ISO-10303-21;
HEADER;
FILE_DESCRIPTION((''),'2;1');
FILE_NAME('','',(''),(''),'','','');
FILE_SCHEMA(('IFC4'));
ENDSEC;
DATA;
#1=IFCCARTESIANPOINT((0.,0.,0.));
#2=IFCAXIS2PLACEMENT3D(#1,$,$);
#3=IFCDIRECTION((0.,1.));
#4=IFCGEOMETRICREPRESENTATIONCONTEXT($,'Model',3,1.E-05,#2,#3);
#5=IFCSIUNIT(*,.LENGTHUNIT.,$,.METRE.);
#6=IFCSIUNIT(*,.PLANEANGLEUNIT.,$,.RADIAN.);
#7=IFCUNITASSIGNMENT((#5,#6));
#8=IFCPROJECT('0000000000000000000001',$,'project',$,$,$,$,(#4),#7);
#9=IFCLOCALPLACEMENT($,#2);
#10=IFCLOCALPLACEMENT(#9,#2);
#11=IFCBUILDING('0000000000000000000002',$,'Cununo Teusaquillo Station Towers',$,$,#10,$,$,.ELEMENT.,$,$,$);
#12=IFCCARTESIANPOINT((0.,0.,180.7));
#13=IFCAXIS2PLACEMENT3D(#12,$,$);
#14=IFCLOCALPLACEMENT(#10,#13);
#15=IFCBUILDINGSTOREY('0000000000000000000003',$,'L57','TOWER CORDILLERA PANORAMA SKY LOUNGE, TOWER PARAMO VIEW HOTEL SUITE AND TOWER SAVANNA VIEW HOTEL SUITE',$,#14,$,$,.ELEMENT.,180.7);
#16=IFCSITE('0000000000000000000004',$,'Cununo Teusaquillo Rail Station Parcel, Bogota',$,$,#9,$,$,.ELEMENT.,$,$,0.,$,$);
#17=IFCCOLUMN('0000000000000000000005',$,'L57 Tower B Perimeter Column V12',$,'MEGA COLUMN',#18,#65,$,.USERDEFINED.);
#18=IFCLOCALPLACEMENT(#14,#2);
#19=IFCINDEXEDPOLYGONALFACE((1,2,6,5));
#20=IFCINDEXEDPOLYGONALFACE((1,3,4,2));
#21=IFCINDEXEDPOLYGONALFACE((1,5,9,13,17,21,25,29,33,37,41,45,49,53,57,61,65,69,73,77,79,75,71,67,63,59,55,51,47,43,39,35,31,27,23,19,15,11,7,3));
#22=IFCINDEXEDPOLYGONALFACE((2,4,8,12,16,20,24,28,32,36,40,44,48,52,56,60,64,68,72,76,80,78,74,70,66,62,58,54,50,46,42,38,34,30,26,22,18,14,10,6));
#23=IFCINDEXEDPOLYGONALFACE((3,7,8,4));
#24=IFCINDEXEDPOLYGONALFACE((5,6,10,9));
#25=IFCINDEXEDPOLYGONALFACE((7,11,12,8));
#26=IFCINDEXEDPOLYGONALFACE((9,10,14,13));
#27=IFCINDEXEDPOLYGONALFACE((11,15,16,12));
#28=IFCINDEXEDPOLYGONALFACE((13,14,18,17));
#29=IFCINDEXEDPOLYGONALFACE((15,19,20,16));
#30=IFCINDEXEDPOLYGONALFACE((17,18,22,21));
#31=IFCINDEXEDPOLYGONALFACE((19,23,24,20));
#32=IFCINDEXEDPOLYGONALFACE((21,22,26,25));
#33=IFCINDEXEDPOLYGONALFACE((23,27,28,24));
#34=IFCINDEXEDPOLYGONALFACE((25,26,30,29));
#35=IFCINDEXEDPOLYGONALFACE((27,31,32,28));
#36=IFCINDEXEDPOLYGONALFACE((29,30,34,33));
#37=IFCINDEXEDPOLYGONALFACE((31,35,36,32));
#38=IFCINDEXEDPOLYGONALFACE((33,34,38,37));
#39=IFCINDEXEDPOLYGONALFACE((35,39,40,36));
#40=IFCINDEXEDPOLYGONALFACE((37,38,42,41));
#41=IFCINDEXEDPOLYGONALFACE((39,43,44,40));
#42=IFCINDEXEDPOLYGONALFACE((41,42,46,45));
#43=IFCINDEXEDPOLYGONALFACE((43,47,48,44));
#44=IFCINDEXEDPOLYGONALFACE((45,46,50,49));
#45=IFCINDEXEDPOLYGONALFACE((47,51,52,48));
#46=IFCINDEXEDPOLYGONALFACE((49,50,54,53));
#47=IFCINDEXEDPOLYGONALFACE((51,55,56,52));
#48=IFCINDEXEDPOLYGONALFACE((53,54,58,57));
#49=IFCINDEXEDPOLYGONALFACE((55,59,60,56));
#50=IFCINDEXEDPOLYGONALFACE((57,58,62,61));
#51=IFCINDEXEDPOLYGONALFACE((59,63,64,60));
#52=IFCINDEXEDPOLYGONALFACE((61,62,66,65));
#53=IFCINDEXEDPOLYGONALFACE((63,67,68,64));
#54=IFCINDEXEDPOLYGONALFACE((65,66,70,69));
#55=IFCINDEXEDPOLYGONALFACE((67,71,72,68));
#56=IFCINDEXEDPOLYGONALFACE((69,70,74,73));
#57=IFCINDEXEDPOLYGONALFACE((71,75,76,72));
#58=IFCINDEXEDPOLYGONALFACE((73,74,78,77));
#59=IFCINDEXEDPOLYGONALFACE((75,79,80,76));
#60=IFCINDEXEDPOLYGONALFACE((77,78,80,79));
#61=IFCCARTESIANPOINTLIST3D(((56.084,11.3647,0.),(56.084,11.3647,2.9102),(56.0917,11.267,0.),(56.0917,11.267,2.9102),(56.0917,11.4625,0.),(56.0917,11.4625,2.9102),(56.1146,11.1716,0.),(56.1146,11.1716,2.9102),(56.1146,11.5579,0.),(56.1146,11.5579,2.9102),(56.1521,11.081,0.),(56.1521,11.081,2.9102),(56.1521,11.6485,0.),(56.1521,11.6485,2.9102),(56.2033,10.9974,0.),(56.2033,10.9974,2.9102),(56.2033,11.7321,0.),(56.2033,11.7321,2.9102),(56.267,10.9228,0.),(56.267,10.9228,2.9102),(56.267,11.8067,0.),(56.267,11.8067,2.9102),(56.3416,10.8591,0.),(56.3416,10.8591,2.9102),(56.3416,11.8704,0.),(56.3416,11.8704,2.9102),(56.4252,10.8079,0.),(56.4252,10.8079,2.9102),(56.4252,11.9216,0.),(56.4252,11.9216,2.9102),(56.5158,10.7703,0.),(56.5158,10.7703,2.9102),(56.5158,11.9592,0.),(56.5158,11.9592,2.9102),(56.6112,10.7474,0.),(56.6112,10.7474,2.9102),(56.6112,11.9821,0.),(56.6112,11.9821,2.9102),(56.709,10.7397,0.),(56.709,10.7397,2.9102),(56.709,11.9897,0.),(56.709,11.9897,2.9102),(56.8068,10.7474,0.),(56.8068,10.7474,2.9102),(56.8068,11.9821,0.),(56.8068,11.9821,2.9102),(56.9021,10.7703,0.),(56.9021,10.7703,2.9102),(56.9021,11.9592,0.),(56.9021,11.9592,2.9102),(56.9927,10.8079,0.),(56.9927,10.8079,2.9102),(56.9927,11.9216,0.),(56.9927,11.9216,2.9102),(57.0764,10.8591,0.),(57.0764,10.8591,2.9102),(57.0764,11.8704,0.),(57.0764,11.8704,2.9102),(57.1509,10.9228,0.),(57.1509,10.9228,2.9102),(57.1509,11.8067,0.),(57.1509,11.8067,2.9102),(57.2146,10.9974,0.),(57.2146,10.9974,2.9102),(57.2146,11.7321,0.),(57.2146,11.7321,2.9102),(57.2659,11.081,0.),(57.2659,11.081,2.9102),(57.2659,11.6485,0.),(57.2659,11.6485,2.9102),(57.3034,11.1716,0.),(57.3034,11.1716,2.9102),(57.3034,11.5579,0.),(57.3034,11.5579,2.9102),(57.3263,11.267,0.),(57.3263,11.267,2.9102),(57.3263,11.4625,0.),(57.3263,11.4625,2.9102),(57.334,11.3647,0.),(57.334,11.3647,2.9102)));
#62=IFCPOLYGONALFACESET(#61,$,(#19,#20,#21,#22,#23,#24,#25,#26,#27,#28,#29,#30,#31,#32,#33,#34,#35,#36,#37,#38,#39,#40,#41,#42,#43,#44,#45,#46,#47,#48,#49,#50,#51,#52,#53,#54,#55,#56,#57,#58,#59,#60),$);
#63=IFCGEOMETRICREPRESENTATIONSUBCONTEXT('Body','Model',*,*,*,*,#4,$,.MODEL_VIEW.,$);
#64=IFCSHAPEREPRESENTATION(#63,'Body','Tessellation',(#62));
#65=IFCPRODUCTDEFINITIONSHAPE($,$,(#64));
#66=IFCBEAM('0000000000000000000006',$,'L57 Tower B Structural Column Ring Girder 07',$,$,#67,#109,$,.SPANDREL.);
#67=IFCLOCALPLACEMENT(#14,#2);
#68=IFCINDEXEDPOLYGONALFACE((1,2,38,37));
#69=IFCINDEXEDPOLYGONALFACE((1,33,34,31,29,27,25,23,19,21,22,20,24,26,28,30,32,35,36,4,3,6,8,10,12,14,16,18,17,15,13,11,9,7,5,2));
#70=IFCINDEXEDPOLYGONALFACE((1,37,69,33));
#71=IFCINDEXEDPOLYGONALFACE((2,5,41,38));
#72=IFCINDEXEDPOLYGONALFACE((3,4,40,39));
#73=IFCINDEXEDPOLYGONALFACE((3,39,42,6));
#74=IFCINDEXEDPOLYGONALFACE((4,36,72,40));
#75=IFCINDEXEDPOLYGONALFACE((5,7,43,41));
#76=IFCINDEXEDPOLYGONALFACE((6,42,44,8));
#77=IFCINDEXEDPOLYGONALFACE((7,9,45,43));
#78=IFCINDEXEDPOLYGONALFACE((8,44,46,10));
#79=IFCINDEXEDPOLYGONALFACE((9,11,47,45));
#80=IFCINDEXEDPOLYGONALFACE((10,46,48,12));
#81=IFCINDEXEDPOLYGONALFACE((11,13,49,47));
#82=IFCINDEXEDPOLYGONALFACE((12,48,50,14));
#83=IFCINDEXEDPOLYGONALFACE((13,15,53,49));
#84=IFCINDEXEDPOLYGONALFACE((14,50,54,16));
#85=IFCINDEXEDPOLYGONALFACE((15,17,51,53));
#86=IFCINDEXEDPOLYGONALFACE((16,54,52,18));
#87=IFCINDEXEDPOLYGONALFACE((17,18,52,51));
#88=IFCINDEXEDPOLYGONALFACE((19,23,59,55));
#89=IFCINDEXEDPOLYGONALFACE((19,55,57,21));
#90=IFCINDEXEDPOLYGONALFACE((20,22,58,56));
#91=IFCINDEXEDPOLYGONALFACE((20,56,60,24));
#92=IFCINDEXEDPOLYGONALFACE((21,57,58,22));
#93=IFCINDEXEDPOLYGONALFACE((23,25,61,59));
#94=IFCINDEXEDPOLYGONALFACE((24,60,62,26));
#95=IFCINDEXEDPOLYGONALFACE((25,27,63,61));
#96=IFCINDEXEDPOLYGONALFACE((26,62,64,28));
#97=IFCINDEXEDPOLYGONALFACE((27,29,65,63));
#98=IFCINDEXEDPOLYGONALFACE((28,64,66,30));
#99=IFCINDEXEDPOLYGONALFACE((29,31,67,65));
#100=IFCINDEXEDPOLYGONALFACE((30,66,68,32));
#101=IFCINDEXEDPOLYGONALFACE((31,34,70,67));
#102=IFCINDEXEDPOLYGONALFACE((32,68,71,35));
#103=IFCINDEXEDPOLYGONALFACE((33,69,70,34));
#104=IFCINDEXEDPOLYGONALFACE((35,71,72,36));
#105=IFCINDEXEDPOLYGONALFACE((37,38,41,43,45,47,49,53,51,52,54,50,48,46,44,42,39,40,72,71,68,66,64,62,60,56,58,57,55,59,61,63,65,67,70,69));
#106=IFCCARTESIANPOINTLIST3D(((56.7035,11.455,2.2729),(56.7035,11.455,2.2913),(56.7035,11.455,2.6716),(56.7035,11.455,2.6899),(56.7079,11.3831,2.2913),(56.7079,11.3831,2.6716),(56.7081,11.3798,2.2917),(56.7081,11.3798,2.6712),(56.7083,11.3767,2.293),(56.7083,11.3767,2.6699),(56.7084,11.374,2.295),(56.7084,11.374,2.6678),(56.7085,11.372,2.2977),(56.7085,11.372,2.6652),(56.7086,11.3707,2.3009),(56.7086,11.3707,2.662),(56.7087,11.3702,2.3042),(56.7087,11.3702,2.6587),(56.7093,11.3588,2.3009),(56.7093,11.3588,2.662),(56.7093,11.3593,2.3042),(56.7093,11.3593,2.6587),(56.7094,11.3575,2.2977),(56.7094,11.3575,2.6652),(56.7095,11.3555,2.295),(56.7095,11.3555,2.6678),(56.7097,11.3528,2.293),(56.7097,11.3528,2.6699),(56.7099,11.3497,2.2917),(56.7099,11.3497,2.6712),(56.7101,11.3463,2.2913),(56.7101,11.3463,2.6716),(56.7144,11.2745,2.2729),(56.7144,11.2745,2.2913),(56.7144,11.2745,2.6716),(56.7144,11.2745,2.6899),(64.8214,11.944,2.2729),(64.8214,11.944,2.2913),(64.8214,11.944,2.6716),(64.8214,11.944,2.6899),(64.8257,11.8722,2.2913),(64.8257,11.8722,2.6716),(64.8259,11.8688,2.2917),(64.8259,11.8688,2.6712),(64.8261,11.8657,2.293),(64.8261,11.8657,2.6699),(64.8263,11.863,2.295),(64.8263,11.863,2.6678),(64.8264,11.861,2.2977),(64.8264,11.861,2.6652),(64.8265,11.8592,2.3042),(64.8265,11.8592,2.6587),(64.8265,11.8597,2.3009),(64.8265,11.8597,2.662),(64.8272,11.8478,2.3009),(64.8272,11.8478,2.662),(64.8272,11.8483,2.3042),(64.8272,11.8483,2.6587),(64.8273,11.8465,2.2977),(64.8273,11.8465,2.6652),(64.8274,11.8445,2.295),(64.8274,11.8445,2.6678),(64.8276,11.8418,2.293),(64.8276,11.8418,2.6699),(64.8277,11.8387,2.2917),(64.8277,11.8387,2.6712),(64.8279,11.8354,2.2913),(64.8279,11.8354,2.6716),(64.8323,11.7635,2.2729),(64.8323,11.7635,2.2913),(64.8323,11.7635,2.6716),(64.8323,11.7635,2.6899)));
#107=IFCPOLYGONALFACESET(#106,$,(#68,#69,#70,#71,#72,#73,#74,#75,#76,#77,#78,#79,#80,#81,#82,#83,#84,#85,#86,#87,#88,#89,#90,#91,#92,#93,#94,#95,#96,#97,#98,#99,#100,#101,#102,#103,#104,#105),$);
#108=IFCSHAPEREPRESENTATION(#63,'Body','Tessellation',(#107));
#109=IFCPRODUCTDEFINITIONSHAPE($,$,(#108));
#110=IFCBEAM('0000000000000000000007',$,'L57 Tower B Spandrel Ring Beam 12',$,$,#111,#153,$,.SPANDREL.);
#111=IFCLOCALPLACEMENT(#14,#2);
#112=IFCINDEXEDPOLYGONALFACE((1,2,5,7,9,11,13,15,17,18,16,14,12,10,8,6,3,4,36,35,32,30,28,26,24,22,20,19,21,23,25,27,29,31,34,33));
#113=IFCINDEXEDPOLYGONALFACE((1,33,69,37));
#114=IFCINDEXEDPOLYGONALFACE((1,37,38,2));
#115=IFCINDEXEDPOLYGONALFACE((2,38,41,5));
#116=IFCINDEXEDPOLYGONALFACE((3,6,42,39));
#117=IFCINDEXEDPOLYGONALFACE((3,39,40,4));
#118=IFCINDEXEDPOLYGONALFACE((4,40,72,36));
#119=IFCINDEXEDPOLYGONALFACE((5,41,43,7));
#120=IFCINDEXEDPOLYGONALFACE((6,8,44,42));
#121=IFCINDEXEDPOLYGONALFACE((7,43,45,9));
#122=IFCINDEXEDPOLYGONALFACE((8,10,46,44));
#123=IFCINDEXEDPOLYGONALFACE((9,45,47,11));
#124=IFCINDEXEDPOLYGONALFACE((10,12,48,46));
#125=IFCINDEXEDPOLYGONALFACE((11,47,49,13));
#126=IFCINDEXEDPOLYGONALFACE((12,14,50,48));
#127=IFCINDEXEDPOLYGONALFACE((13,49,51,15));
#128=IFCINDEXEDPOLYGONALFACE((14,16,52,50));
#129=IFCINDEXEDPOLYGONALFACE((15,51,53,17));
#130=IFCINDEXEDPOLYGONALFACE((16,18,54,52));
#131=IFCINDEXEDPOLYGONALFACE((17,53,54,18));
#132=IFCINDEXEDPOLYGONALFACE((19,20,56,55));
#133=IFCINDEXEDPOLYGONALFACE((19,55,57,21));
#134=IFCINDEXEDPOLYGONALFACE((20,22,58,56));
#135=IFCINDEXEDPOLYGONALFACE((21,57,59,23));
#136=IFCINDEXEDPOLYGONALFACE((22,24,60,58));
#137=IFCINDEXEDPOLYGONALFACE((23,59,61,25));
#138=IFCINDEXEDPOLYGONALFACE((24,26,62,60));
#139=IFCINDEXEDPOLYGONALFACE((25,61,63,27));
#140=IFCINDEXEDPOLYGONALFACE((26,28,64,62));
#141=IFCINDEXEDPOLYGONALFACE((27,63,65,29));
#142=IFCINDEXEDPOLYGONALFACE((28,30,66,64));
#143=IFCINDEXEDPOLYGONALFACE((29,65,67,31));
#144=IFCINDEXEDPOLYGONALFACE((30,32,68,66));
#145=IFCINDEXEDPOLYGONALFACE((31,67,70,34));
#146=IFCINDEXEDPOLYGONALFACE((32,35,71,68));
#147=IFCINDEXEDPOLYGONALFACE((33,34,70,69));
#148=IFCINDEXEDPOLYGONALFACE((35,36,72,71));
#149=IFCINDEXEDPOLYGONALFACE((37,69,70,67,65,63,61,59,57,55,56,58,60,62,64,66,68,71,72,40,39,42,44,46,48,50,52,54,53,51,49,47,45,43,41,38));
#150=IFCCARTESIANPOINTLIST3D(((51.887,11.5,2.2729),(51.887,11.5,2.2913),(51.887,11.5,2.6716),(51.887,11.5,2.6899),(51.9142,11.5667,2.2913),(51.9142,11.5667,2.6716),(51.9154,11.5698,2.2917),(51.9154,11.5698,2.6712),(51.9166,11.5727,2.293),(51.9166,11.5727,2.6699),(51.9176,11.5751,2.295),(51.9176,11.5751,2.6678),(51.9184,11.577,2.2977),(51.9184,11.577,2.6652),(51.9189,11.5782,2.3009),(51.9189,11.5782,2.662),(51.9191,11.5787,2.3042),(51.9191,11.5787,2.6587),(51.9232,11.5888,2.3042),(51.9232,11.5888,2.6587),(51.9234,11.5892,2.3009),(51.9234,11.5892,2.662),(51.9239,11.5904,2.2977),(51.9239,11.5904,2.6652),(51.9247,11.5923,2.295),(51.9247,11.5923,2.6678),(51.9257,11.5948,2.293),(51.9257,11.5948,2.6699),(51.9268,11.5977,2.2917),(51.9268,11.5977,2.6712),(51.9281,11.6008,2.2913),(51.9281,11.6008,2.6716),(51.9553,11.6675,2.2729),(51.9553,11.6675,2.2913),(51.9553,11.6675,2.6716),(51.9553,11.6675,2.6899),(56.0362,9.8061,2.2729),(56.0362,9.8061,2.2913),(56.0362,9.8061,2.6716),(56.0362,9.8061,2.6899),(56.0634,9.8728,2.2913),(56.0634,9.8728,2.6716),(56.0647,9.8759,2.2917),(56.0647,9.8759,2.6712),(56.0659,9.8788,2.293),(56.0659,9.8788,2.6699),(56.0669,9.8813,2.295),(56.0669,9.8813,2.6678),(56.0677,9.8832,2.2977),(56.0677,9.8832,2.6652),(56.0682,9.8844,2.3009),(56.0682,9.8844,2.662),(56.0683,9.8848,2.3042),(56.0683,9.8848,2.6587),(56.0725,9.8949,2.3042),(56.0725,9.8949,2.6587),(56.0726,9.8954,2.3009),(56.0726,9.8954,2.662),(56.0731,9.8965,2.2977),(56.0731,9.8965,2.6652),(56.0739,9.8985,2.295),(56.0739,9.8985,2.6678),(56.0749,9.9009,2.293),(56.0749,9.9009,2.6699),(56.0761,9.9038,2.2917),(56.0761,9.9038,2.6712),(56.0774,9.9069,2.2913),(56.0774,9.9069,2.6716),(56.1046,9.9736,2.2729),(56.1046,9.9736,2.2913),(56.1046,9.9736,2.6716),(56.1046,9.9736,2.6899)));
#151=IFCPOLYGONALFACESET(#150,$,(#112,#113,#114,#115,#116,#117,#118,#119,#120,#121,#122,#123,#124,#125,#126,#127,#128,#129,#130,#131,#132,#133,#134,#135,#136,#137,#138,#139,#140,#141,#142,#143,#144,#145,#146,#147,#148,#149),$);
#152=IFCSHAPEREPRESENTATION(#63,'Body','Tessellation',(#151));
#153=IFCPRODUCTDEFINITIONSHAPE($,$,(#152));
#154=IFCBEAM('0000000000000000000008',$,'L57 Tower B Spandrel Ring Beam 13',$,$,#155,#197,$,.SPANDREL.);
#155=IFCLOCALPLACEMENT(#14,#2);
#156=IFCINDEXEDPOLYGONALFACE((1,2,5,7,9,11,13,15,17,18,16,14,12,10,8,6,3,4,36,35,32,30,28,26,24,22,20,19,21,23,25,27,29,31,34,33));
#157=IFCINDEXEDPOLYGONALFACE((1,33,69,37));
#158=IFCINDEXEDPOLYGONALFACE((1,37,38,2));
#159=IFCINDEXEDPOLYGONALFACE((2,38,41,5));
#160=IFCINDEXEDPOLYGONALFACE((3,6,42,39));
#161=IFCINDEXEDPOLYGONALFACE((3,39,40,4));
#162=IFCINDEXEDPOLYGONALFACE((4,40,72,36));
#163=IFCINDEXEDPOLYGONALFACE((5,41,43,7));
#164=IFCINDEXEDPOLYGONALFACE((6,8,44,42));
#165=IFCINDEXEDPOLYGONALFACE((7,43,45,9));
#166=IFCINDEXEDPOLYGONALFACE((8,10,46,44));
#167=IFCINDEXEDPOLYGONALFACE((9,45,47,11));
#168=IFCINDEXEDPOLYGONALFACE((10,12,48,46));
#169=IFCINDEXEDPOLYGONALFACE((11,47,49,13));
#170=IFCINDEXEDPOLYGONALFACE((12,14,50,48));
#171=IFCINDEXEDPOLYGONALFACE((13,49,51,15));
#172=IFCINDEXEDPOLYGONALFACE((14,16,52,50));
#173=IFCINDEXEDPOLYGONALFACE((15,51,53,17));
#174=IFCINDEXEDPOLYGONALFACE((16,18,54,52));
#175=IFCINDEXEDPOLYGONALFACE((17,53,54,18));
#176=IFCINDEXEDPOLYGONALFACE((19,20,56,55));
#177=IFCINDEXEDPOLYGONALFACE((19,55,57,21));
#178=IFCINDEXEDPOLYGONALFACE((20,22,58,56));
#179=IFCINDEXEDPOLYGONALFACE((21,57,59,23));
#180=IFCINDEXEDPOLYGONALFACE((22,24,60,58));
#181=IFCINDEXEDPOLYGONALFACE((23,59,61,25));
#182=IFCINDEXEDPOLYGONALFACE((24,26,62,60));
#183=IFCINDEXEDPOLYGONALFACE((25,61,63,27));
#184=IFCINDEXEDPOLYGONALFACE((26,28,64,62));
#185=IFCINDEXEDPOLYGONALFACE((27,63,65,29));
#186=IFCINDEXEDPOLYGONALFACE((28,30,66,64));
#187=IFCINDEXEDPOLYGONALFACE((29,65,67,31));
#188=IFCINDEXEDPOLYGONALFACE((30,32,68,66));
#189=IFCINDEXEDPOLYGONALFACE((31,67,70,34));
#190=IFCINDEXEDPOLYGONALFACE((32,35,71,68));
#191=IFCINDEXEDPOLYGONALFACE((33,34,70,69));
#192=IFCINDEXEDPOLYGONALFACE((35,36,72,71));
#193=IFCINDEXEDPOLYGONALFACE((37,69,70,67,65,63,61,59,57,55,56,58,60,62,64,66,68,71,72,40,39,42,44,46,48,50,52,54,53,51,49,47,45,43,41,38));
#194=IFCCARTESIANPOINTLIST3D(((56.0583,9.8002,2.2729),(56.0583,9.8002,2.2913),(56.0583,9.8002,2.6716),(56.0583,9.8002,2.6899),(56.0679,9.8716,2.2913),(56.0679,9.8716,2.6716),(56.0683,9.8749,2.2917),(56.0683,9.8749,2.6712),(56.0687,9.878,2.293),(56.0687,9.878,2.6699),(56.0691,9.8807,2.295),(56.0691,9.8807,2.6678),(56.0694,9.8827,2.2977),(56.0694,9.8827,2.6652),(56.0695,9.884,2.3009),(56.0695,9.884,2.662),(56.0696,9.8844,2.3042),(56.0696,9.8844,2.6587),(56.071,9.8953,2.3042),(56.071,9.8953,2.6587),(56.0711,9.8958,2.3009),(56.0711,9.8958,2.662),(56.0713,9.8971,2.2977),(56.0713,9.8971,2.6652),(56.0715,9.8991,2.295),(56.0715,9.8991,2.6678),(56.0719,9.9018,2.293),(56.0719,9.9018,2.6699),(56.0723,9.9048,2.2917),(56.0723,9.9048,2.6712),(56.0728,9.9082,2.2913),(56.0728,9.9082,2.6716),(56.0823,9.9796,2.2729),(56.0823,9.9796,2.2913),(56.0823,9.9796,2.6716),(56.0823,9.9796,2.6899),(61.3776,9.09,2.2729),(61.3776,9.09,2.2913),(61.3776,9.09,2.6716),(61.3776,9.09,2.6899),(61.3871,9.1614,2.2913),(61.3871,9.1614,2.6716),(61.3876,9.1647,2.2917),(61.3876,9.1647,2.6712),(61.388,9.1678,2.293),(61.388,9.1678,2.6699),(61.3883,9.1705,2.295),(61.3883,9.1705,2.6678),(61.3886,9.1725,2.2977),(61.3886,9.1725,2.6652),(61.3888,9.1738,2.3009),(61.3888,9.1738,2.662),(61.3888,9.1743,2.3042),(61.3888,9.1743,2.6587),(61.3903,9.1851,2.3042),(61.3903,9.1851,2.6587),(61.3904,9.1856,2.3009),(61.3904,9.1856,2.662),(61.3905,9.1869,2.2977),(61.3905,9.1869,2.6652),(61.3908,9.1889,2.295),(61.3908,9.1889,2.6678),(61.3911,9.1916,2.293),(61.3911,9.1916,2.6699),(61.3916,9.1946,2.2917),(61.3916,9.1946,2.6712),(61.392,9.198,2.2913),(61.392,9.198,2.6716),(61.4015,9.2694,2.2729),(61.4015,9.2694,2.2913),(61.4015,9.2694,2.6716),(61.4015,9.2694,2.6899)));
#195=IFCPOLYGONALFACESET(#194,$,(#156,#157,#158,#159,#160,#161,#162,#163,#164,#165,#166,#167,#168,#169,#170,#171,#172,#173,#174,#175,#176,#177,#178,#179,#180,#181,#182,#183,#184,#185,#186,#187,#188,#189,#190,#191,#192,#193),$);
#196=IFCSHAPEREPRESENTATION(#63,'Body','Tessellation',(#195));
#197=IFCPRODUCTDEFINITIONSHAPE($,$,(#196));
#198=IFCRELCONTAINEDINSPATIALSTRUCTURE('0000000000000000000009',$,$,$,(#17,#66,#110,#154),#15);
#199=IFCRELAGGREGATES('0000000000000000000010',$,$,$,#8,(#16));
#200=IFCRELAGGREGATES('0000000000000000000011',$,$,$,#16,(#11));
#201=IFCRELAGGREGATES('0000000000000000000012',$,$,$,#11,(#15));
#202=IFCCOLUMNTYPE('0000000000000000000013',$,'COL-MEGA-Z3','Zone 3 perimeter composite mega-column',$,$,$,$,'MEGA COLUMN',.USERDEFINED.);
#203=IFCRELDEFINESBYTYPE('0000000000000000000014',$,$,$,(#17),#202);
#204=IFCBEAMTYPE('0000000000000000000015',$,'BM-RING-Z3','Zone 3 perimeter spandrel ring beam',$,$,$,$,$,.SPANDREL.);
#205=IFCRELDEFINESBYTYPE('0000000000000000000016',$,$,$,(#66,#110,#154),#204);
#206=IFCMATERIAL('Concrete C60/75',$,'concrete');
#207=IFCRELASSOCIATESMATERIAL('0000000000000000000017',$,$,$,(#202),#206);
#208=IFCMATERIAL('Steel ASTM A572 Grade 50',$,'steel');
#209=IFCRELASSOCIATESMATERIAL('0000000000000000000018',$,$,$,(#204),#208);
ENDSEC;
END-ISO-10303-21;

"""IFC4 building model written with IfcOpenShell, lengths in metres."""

from ifc_helpers import new_model, si_unit, direction, frame, origin, origin_2d, place, context, subcontext, project, spatial, circle, i_section, extrude, material, material_profile, profile_set, type_object, element, save


model = new_model("IFC4")

# Units and contexts
model_context = context("Model", 3, precision=1e-05, world=origin(), true_north=direction((0.0, 1.0)))
body_context = subcontext(model_context, "Body", "Model", "MODEL_VIEW")
ifc_project = project(units=[si_unit("LENGTHUNIT", "METRE"), si_unit("PLANEANGLEUNIT", "RADIAN")], contexts=[model_context])

# Site, building, storey
site_placement = place(None, origin())
site = spatial("IfcSite", under=ifc_project, at=site_placement, Name="Cununo Teusaquillo Rail Station Parcel, Bogota", CompositionType="ELEMENT", RefElevation=0.0)
building_placement = place(site_placement, origin())
building = spatial("IfcBuilding", under=site, at=building_placement, Name="Cununo Teusaquillo Station Towers", CompositionType="ELEMENT")
storey_placement = place(building_placement, frame((0.0, 0.0, 180.7)))
storey = spatial("IfcBuildingStorey", under=building, at=storey_placement, Name="L57", Description="TOWER CORDILLERA PANORAMA SKY LOUNGE, TOWER PARAMO VIEW HOTEL SUITE AND TOWER SAVANNA VIEW HOTEL SUITE", CompositionType="ELEMENT", Elevation=180.7)

# Column
ifc_material_1 = material(Name="Concrete C60/75", Category="concrete")
ifc_material_profile_1 = material_profile(ifc_material_1, circle(Radius=0.625, at=origin_2d()), Name="RC-CIRC-1250")
ifc_profile_set_1 = profile_set([ifc_material_profile_1], Name="Concrete C60/75")
column_type = type_object("IfcColumnType", Name="COL-MEGA-Z3", Description="Zone 3 perimeter composite mega-column", ElementType="MEGA COLUMN", PredefinedType="USERDEFINED", material=ifc_profile_set_1)
column_placement = place(storey_placement, frame((56.709, 11.3647, 0.0), z_axis=(0.0, 0.0, 1.0), x_axis=(1.0, 0.0, 0.0)))
element("IfcColumn", 1, at=column_placement, inside=storey, type_object=column_type, Name="L57 Tower B Perimeter Column V12", ObjectType="MEGA COLUMN", PredefinedType="USERDEFINED", context=body_context, shape_type="SweptSolid", body=[
    extrude(circle(Radius=0.625, at=origin_2d()), origin(), (0.0, 0.0, 1.0), 2.9102),
])

# Beams
ifc_material_2 = material(Name="Steel ASTM A572 Grade 50", Category="steel")
ifc_material_profile_2 = material_profile(ifc_material_2, i_section(OverallWidth=0.1809, OverallDepth=0.417, WebThickness=0.011, FlangeThickness=0.0183, FilletRadius=0.0129, at=origin_2d()), Name="W16X57")
ifc_profile_set_2 = profile_set([ifc_material_profile_2], Name="Steel ASTM A572 Grade 50")
beam_type = type_object("IfcBeamType", Name="BM-RING-Z3", Description="Zone 3 perimeter spandrel ring beam", PredefinedType="SPANDREL", material=ifc_profile_set_2)
beam_1_placement = place(storey_placement, frame((56.709, 11.3647, 2.4814), z_axis=(0.998191, 0.06013, 0.0), x_axis=(-0.06013, 0.998191, 0.0)))
element("IfcBeam", 2, at=beam_1_placement, inside=storey, type_object=beam_type, Name="L57 Tower B Structural Column Ring Girder 07", PredefinedType="SPANDREL", context=body_context, shape_type="SweptSolid", body=[
    extrude(i_section(OverallWidth=0.1809, OverallDepth=0.417, WebThickness=0.011, FlangeThickness=0.0183, FilletRadius=0.0129, at=origin_2d()), origin(), (0.0, 0.0, 1.0), 8.1326),
])
beam_2_placement = place(storey_placement, frame((51.9211, 11.5837, 2.4814), z_axis=(0.925824, -0.377956, 0.0), x_axis=(0.377956, 0.925824, 0.0)))
element("IfcBeam", 3, at=beam_2_placement, inside=storey, type_object=beam_type, Name="L57 Tower B Spandrel Ring Beam 12", PredefinedType="SPANDREL", context=body_context, shape_type="SweptSolid", body=[
    extrude(i_section(OverallWidth=0.1809, OverallDepth=0.417, WebThickness=0.011, FlangeThickness=0.0183, FilletRadius=0.0129, at=origin_2d()), origin(), (0.0, 0.0, 1.0), 4.4817),
])
beam_3_placement = place(storey_placement, frame((56.0703, 9.8899, 2.4814), z_axis=(0.991204, -0.13234, 0.0), x_axis=(0.13234, 0.991204, 0.0)))
element("IfcBeam", 4, at=beam_3_placement, inside=storey, type_object=beam_type, Name="L57 Tower B Spandrel Ring Beam 13", PredefinedType="SPANDREL", context=body_context, shape_type="SweptSolid", body=[
    extrude(i_section(OverallWidth=0.1809, OverallDepth=0.417, WebThickness=0.011, FlangeThickness=0.0183, FilletRadius=0.0129, at=origin_2d()), origin(), (0.0, 0.0, 1.0), 5.3665),
])

save(model, "model.ifc")
